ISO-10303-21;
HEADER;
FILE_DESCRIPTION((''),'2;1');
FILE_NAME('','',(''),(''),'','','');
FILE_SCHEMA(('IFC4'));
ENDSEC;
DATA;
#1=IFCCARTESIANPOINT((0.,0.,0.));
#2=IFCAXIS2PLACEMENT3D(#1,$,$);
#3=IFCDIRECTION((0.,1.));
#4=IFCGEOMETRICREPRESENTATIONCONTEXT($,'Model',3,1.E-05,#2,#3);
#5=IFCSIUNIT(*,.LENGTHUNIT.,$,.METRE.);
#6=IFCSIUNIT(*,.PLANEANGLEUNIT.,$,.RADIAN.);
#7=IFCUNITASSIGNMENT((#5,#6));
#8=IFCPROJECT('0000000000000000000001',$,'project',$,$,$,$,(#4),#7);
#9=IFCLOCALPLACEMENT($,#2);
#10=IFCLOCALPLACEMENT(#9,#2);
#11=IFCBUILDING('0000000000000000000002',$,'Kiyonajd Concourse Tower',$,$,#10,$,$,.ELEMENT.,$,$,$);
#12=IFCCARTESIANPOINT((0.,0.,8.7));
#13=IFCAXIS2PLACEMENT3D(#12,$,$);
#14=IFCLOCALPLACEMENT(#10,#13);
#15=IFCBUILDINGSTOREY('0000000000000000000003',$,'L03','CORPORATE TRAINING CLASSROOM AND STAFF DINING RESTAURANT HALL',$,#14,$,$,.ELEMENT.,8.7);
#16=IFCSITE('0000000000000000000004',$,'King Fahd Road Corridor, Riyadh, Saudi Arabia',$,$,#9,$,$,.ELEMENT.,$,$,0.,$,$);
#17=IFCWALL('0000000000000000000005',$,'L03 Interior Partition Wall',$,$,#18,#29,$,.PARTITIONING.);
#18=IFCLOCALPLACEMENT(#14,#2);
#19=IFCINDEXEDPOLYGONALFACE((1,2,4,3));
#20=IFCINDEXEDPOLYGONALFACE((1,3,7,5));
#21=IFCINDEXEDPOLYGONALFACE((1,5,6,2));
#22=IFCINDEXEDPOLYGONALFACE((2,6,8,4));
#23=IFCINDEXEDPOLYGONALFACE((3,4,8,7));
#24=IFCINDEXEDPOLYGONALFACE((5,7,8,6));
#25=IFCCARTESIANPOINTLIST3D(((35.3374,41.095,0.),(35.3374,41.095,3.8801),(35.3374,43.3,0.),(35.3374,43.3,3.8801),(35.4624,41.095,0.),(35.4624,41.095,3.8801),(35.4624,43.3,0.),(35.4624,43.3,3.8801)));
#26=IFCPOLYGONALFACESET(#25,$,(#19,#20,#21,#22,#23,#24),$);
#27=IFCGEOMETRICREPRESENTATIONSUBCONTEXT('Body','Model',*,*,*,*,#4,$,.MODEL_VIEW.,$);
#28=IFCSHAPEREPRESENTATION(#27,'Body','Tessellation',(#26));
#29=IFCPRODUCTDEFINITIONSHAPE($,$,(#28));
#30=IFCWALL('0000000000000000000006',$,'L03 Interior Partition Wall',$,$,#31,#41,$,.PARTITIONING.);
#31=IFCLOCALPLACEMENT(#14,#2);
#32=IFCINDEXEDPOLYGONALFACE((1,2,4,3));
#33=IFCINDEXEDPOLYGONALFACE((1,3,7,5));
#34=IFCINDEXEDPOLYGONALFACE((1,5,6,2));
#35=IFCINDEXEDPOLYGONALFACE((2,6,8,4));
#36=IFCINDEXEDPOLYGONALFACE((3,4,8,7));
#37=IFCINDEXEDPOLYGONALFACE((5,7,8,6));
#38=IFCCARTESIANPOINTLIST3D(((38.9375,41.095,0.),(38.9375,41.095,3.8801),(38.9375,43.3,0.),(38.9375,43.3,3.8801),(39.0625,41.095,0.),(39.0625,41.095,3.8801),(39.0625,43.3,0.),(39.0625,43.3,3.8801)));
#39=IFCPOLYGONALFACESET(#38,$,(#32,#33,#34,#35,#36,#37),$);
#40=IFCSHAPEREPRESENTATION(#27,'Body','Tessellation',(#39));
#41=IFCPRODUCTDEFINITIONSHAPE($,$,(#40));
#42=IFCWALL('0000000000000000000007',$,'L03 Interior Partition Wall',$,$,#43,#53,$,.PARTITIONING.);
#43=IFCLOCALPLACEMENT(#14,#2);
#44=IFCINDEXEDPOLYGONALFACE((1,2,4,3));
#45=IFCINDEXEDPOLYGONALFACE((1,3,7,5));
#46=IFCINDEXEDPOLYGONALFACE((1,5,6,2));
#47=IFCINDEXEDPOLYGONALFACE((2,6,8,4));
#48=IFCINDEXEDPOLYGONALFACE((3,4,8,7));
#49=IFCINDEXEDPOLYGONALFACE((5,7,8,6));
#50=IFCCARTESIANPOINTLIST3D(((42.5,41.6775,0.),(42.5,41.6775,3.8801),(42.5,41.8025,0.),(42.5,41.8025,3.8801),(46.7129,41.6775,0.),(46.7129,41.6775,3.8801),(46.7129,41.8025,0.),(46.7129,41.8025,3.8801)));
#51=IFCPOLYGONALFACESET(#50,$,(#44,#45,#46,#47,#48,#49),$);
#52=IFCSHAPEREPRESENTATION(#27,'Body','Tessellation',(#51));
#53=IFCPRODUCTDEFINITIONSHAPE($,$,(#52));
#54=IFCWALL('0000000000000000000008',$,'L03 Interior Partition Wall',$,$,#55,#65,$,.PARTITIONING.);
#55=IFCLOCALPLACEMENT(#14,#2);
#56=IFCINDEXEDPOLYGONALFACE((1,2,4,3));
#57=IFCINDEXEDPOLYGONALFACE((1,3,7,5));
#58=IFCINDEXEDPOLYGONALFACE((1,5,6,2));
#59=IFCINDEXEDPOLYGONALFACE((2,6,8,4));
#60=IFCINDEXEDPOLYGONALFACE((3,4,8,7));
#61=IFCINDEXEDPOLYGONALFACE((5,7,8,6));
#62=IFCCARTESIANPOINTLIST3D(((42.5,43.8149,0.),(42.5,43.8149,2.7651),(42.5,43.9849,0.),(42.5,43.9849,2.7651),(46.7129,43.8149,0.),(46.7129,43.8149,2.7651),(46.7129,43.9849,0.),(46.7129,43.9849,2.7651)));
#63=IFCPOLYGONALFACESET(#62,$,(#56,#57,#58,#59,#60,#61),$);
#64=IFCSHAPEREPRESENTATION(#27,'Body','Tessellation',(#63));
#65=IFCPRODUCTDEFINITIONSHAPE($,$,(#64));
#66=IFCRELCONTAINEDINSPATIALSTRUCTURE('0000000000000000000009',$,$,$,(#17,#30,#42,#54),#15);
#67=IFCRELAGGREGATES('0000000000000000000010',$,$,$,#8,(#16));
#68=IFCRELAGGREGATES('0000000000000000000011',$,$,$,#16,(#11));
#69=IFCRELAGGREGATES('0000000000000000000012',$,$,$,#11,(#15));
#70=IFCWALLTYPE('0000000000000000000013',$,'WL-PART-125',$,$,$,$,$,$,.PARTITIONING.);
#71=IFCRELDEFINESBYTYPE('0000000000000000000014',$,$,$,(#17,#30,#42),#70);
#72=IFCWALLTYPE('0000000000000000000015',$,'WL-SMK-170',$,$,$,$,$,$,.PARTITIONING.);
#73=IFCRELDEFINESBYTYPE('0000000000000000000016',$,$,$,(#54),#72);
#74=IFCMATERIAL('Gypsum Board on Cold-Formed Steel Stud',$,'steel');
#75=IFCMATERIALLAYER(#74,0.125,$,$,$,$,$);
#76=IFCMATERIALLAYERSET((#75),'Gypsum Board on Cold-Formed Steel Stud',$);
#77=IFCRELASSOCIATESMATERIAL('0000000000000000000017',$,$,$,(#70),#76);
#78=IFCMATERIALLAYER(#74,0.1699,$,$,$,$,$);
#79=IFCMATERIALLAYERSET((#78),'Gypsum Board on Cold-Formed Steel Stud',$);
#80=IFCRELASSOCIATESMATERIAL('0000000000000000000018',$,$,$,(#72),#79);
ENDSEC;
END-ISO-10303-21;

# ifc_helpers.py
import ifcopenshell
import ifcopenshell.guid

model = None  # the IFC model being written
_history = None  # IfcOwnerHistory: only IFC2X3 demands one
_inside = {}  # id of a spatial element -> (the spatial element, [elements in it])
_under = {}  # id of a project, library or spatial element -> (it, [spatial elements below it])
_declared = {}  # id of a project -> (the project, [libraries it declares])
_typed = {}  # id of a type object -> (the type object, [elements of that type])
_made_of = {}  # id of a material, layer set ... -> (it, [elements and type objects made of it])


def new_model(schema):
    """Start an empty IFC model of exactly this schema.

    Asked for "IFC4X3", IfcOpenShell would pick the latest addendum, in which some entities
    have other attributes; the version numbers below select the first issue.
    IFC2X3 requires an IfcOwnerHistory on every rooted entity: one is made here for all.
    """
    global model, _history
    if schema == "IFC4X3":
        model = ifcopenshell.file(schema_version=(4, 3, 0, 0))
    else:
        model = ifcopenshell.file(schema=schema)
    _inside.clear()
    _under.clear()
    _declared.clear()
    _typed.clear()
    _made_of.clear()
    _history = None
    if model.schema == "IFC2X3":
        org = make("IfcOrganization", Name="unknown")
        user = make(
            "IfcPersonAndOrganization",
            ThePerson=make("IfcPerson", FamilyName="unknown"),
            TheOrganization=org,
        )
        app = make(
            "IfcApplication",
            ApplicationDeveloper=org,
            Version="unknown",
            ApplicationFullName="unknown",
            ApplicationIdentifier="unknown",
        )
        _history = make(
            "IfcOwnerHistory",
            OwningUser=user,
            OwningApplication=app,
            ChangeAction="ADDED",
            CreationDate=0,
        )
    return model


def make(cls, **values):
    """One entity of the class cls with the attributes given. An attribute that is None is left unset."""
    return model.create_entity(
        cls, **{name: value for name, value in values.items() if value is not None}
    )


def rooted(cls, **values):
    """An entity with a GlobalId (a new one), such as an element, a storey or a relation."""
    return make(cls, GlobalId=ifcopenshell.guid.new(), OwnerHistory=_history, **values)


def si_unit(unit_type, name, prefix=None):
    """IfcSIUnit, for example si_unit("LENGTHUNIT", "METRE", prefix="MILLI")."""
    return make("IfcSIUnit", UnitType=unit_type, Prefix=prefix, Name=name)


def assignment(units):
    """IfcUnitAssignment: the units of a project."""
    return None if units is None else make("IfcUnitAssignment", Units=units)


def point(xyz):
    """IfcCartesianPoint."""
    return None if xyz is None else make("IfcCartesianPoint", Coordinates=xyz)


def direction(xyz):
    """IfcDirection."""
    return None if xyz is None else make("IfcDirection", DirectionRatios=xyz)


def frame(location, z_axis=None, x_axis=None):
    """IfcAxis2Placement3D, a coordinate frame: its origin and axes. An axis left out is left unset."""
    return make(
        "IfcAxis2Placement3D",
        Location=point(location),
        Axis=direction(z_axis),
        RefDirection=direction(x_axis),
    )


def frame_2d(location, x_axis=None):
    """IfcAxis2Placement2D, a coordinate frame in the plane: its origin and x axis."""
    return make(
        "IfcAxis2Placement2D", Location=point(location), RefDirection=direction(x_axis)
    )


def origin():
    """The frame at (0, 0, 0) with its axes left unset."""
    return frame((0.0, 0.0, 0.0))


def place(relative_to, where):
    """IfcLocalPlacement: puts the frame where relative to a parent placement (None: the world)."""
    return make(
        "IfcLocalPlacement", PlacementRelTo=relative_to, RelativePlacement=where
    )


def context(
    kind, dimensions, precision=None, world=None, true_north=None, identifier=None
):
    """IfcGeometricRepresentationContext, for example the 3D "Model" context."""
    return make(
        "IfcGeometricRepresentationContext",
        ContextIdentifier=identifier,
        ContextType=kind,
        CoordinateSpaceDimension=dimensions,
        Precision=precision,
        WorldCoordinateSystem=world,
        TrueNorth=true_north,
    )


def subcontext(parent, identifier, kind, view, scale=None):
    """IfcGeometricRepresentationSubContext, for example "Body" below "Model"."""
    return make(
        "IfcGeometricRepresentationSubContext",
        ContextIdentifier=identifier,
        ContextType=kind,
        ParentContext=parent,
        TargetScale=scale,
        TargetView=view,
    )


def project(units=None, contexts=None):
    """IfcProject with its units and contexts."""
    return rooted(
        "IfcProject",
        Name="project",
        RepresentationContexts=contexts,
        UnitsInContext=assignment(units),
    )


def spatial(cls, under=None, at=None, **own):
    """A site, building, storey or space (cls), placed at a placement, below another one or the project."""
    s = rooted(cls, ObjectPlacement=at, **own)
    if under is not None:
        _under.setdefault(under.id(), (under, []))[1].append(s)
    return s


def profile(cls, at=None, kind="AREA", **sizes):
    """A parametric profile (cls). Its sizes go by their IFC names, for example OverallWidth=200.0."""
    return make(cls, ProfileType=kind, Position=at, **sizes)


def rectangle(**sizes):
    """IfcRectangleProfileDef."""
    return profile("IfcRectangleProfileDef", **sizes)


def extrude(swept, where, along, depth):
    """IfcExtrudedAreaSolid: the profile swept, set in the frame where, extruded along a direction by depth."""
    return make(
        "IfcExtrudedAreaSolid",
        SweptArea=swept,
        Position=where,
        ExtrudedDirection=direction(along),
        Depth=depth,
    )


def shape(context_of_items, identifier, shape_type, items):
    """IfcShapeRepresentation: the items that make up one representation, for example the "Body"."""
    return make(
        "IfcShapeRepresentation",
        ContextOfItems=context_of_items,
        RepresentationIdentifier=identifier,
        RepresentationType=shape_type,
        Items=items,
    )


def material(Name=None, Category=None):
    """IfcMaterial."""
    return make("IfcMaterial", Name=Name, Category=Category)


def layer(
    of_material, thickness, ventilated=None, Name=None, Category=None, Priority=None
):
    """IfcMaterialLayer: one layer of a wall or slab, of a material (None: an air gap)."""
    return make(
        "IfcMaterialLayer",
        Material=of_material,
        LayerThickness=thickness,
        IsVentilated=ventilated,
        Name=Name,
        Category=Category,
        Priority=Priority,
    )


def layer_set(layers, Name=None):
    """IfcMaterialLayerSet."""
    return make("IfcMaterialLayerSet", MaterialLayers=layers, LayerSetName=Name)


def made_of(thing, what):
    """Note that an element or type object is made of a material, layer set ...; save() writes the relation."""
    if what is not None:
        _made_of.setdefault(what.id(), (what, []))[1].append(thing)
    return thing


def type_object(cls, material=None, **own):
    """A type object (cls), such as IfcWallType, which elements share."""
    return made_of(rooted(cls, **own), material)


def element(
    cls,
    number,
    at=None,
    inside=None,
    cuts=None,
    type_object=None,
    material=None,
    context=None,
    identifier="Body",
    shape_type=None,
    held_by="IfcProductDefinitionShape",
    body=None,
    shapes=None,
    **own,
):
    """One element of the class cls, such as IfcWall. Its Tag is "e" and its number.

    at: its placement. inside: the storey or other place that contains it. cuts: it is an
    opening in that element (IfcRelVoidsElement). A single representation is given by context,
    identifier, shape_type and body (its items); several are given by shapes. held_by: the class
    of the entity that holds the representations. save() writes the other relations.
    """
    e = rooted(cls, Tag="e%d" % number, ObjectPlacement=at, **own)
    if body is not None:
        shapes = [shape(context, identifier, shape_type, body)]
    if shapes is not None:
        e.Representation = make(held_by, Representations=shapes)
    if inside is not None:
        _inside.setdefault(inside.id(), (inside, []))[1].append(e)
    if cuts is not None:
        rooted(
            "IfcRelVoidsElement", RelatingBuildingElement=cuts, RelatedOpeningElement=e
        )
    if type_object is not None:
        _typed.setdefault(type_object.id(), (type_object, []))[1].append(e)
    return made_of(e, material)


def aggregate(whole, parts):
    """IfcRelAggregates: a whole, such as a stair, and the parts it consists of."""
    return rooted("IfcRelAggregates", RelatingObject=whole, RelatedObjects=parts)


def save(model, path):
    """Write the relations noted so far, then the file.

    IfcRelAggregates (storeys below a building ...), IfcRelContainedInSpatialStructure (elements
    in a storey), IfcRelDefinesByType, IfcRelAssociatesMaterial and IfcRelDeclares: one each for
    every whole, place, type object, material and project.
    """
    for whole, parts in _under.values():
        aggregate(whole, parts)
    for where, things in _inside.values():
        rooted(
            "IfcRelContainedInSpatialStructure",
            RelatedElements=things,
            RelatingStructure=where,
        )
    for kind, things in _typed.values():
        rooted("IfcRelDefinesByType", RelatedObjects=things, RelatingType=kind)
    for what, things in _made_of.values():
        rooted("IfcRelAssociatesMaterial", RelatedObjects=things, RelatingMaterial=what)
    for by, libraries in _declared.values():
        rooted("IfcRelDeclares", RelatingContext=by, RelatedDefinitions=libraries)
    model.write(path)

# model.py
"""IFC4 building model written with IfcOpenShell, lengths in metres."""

from ifc_helpers import new_model, si_unit, direction, frame, frame_2d, origin, place, context, subcontext, project, spatial, rectangle, extrude, material, layer, layer_set, type_object, element, save


model = new_model("IFC4")

# Units and contexts
model_context = context("Model", 3, precision=1e-05, world=origin(), true_north=direction((0.0, 1.0)))
body_context = subcontext(model_context, "Body", "Model", "MODEL_VIEW")
ifc_project = project(units=[si_unit("LENGTHUNIT", "METRE"), si_unit("PLANEANGLEUNIT", "RADIAN")], contexts=[model_context])

# Site, building, storey
site_placement = place(None, origin())
site = spatial("IfcSite", under=ifc_project, at=site_placement, Name="King Fahd Road Corridor, Riyadh, Saudi Arabia", CompositionType="ELEMENT", RefElevation=0.0)
building_placement = place(site_placement, origin())
building = spatial("IfcBuilding", under=site, at=building_placement, Name="Kiyonajd Concourse Tower", CompositionType="ELEMENT")
storey_placement = place(building_placement, frame((0.0, 0.0, 8.7)))
storey = spatial("IfcBuildingStorey", under=building, at=storey_placement, Name="L03", Description="CORPORATE TRAINING CLASSROOM AND STAFF DINING RESTAURANT HALL", CompositionType="ELEMENT", Elevation=8.7)

# Walls
ifc_material_1 = material(Name="Gypsum Board on Cold-Formed Steel Stud", Category="steel")
ifc_layer_1 = layer(ifc_material_1, 0.125)
ifc_layer_set_1 = layer_set([ifc_layer_1], Name="Gypsum Board on Cold-Formed Steel Stud")
wall_type_1 = type_object("IfcWallType", Name="WL-PART-125", PredefinedType="PARTITIONING", material=ifc_layer_set_1)
for number, where, z_axis, x_axis, name in (
    (1, (35.3999, 41.095, 0.0), (0.0, 0.0, 1.0), (0.0, 1.0, 0.0), "L03 Interior Partition Wall"),
    (2, (39.0, 41.095, 0.0), (0.0, 0.0, 1.0), (0.0, 1.0, 0.0), "L03 Interior Partition Wall"),
):
    element("IfcWall", number, at=place(storey_placement, frame(where, z_axis=z_axis, x_axis=x_axis)), inside=storey, type_object=wall_type_1, Name=name, PredefinedType="PARTITIONING", context=body_context, shape_type="SweptSolid", body=[
        extrude(rectangle(XDim=2.2051, YDim=0.125, at=frame_2d((1.1025, 0.0))), origin(), (0.0, 0.0, 1.0), 3.8801),
    ])
wall_1_placement = place(storey_placement, frame((42.5, 41.74, 0.0), z_axis=(0.0, 0.0, 1.0), x_axis=(1.0, 0.0, 0.0)))
element("IfcWall", 3, at=wall_1_placement, inside=storey, type_object=wall_type_1, Name="L03 Interior Partition Wall", PredefinedType="PARTITIONING", context=body_context, shape_type="SweptSolid", body=[
    extrude(rectangle(XDim=4.2129, YDim=0.125, at=frame_2d((2.1064, 0.0))), origin(), (0.0, 0.0, 1.0), 3.8801),
])
ifc_layer_2 = layer(ifc_material_1, 0.1699)
ifc_layer_set_2 = layer_set([ifc_layer_2], Name="Gypsum Board on Cold-Formed Steel Stud")
wall_type_2 = type_object("IfcWallType", Name="WL-SMK-170", PredefinedType="PARTITIONING", material=ifc_layer_set_2)
wall_2_placement = place(storey_placement, frame((42.5, 43.8999, 0.0), z_axis=(0.0, 0.0, 1.0), x_axis=(1.0, 0.0, 0.0)))
element("IfcWall", 4, at=wall_2_placement, inside=storey, type_object=wall_type_2, Name="L03 Interior Partition Wall", PredefinedType="PARTITIONING", context=body_context, shape_type="SweptSolid", body=[
    extrude(rectangle(XDim=4.2129, YDim=0.1699, at=frame_2d((2.1064, 0.0))), origin(), (0.0, 0.0, 1.0), 2.7651),
])

save(model, "model.ifc")
